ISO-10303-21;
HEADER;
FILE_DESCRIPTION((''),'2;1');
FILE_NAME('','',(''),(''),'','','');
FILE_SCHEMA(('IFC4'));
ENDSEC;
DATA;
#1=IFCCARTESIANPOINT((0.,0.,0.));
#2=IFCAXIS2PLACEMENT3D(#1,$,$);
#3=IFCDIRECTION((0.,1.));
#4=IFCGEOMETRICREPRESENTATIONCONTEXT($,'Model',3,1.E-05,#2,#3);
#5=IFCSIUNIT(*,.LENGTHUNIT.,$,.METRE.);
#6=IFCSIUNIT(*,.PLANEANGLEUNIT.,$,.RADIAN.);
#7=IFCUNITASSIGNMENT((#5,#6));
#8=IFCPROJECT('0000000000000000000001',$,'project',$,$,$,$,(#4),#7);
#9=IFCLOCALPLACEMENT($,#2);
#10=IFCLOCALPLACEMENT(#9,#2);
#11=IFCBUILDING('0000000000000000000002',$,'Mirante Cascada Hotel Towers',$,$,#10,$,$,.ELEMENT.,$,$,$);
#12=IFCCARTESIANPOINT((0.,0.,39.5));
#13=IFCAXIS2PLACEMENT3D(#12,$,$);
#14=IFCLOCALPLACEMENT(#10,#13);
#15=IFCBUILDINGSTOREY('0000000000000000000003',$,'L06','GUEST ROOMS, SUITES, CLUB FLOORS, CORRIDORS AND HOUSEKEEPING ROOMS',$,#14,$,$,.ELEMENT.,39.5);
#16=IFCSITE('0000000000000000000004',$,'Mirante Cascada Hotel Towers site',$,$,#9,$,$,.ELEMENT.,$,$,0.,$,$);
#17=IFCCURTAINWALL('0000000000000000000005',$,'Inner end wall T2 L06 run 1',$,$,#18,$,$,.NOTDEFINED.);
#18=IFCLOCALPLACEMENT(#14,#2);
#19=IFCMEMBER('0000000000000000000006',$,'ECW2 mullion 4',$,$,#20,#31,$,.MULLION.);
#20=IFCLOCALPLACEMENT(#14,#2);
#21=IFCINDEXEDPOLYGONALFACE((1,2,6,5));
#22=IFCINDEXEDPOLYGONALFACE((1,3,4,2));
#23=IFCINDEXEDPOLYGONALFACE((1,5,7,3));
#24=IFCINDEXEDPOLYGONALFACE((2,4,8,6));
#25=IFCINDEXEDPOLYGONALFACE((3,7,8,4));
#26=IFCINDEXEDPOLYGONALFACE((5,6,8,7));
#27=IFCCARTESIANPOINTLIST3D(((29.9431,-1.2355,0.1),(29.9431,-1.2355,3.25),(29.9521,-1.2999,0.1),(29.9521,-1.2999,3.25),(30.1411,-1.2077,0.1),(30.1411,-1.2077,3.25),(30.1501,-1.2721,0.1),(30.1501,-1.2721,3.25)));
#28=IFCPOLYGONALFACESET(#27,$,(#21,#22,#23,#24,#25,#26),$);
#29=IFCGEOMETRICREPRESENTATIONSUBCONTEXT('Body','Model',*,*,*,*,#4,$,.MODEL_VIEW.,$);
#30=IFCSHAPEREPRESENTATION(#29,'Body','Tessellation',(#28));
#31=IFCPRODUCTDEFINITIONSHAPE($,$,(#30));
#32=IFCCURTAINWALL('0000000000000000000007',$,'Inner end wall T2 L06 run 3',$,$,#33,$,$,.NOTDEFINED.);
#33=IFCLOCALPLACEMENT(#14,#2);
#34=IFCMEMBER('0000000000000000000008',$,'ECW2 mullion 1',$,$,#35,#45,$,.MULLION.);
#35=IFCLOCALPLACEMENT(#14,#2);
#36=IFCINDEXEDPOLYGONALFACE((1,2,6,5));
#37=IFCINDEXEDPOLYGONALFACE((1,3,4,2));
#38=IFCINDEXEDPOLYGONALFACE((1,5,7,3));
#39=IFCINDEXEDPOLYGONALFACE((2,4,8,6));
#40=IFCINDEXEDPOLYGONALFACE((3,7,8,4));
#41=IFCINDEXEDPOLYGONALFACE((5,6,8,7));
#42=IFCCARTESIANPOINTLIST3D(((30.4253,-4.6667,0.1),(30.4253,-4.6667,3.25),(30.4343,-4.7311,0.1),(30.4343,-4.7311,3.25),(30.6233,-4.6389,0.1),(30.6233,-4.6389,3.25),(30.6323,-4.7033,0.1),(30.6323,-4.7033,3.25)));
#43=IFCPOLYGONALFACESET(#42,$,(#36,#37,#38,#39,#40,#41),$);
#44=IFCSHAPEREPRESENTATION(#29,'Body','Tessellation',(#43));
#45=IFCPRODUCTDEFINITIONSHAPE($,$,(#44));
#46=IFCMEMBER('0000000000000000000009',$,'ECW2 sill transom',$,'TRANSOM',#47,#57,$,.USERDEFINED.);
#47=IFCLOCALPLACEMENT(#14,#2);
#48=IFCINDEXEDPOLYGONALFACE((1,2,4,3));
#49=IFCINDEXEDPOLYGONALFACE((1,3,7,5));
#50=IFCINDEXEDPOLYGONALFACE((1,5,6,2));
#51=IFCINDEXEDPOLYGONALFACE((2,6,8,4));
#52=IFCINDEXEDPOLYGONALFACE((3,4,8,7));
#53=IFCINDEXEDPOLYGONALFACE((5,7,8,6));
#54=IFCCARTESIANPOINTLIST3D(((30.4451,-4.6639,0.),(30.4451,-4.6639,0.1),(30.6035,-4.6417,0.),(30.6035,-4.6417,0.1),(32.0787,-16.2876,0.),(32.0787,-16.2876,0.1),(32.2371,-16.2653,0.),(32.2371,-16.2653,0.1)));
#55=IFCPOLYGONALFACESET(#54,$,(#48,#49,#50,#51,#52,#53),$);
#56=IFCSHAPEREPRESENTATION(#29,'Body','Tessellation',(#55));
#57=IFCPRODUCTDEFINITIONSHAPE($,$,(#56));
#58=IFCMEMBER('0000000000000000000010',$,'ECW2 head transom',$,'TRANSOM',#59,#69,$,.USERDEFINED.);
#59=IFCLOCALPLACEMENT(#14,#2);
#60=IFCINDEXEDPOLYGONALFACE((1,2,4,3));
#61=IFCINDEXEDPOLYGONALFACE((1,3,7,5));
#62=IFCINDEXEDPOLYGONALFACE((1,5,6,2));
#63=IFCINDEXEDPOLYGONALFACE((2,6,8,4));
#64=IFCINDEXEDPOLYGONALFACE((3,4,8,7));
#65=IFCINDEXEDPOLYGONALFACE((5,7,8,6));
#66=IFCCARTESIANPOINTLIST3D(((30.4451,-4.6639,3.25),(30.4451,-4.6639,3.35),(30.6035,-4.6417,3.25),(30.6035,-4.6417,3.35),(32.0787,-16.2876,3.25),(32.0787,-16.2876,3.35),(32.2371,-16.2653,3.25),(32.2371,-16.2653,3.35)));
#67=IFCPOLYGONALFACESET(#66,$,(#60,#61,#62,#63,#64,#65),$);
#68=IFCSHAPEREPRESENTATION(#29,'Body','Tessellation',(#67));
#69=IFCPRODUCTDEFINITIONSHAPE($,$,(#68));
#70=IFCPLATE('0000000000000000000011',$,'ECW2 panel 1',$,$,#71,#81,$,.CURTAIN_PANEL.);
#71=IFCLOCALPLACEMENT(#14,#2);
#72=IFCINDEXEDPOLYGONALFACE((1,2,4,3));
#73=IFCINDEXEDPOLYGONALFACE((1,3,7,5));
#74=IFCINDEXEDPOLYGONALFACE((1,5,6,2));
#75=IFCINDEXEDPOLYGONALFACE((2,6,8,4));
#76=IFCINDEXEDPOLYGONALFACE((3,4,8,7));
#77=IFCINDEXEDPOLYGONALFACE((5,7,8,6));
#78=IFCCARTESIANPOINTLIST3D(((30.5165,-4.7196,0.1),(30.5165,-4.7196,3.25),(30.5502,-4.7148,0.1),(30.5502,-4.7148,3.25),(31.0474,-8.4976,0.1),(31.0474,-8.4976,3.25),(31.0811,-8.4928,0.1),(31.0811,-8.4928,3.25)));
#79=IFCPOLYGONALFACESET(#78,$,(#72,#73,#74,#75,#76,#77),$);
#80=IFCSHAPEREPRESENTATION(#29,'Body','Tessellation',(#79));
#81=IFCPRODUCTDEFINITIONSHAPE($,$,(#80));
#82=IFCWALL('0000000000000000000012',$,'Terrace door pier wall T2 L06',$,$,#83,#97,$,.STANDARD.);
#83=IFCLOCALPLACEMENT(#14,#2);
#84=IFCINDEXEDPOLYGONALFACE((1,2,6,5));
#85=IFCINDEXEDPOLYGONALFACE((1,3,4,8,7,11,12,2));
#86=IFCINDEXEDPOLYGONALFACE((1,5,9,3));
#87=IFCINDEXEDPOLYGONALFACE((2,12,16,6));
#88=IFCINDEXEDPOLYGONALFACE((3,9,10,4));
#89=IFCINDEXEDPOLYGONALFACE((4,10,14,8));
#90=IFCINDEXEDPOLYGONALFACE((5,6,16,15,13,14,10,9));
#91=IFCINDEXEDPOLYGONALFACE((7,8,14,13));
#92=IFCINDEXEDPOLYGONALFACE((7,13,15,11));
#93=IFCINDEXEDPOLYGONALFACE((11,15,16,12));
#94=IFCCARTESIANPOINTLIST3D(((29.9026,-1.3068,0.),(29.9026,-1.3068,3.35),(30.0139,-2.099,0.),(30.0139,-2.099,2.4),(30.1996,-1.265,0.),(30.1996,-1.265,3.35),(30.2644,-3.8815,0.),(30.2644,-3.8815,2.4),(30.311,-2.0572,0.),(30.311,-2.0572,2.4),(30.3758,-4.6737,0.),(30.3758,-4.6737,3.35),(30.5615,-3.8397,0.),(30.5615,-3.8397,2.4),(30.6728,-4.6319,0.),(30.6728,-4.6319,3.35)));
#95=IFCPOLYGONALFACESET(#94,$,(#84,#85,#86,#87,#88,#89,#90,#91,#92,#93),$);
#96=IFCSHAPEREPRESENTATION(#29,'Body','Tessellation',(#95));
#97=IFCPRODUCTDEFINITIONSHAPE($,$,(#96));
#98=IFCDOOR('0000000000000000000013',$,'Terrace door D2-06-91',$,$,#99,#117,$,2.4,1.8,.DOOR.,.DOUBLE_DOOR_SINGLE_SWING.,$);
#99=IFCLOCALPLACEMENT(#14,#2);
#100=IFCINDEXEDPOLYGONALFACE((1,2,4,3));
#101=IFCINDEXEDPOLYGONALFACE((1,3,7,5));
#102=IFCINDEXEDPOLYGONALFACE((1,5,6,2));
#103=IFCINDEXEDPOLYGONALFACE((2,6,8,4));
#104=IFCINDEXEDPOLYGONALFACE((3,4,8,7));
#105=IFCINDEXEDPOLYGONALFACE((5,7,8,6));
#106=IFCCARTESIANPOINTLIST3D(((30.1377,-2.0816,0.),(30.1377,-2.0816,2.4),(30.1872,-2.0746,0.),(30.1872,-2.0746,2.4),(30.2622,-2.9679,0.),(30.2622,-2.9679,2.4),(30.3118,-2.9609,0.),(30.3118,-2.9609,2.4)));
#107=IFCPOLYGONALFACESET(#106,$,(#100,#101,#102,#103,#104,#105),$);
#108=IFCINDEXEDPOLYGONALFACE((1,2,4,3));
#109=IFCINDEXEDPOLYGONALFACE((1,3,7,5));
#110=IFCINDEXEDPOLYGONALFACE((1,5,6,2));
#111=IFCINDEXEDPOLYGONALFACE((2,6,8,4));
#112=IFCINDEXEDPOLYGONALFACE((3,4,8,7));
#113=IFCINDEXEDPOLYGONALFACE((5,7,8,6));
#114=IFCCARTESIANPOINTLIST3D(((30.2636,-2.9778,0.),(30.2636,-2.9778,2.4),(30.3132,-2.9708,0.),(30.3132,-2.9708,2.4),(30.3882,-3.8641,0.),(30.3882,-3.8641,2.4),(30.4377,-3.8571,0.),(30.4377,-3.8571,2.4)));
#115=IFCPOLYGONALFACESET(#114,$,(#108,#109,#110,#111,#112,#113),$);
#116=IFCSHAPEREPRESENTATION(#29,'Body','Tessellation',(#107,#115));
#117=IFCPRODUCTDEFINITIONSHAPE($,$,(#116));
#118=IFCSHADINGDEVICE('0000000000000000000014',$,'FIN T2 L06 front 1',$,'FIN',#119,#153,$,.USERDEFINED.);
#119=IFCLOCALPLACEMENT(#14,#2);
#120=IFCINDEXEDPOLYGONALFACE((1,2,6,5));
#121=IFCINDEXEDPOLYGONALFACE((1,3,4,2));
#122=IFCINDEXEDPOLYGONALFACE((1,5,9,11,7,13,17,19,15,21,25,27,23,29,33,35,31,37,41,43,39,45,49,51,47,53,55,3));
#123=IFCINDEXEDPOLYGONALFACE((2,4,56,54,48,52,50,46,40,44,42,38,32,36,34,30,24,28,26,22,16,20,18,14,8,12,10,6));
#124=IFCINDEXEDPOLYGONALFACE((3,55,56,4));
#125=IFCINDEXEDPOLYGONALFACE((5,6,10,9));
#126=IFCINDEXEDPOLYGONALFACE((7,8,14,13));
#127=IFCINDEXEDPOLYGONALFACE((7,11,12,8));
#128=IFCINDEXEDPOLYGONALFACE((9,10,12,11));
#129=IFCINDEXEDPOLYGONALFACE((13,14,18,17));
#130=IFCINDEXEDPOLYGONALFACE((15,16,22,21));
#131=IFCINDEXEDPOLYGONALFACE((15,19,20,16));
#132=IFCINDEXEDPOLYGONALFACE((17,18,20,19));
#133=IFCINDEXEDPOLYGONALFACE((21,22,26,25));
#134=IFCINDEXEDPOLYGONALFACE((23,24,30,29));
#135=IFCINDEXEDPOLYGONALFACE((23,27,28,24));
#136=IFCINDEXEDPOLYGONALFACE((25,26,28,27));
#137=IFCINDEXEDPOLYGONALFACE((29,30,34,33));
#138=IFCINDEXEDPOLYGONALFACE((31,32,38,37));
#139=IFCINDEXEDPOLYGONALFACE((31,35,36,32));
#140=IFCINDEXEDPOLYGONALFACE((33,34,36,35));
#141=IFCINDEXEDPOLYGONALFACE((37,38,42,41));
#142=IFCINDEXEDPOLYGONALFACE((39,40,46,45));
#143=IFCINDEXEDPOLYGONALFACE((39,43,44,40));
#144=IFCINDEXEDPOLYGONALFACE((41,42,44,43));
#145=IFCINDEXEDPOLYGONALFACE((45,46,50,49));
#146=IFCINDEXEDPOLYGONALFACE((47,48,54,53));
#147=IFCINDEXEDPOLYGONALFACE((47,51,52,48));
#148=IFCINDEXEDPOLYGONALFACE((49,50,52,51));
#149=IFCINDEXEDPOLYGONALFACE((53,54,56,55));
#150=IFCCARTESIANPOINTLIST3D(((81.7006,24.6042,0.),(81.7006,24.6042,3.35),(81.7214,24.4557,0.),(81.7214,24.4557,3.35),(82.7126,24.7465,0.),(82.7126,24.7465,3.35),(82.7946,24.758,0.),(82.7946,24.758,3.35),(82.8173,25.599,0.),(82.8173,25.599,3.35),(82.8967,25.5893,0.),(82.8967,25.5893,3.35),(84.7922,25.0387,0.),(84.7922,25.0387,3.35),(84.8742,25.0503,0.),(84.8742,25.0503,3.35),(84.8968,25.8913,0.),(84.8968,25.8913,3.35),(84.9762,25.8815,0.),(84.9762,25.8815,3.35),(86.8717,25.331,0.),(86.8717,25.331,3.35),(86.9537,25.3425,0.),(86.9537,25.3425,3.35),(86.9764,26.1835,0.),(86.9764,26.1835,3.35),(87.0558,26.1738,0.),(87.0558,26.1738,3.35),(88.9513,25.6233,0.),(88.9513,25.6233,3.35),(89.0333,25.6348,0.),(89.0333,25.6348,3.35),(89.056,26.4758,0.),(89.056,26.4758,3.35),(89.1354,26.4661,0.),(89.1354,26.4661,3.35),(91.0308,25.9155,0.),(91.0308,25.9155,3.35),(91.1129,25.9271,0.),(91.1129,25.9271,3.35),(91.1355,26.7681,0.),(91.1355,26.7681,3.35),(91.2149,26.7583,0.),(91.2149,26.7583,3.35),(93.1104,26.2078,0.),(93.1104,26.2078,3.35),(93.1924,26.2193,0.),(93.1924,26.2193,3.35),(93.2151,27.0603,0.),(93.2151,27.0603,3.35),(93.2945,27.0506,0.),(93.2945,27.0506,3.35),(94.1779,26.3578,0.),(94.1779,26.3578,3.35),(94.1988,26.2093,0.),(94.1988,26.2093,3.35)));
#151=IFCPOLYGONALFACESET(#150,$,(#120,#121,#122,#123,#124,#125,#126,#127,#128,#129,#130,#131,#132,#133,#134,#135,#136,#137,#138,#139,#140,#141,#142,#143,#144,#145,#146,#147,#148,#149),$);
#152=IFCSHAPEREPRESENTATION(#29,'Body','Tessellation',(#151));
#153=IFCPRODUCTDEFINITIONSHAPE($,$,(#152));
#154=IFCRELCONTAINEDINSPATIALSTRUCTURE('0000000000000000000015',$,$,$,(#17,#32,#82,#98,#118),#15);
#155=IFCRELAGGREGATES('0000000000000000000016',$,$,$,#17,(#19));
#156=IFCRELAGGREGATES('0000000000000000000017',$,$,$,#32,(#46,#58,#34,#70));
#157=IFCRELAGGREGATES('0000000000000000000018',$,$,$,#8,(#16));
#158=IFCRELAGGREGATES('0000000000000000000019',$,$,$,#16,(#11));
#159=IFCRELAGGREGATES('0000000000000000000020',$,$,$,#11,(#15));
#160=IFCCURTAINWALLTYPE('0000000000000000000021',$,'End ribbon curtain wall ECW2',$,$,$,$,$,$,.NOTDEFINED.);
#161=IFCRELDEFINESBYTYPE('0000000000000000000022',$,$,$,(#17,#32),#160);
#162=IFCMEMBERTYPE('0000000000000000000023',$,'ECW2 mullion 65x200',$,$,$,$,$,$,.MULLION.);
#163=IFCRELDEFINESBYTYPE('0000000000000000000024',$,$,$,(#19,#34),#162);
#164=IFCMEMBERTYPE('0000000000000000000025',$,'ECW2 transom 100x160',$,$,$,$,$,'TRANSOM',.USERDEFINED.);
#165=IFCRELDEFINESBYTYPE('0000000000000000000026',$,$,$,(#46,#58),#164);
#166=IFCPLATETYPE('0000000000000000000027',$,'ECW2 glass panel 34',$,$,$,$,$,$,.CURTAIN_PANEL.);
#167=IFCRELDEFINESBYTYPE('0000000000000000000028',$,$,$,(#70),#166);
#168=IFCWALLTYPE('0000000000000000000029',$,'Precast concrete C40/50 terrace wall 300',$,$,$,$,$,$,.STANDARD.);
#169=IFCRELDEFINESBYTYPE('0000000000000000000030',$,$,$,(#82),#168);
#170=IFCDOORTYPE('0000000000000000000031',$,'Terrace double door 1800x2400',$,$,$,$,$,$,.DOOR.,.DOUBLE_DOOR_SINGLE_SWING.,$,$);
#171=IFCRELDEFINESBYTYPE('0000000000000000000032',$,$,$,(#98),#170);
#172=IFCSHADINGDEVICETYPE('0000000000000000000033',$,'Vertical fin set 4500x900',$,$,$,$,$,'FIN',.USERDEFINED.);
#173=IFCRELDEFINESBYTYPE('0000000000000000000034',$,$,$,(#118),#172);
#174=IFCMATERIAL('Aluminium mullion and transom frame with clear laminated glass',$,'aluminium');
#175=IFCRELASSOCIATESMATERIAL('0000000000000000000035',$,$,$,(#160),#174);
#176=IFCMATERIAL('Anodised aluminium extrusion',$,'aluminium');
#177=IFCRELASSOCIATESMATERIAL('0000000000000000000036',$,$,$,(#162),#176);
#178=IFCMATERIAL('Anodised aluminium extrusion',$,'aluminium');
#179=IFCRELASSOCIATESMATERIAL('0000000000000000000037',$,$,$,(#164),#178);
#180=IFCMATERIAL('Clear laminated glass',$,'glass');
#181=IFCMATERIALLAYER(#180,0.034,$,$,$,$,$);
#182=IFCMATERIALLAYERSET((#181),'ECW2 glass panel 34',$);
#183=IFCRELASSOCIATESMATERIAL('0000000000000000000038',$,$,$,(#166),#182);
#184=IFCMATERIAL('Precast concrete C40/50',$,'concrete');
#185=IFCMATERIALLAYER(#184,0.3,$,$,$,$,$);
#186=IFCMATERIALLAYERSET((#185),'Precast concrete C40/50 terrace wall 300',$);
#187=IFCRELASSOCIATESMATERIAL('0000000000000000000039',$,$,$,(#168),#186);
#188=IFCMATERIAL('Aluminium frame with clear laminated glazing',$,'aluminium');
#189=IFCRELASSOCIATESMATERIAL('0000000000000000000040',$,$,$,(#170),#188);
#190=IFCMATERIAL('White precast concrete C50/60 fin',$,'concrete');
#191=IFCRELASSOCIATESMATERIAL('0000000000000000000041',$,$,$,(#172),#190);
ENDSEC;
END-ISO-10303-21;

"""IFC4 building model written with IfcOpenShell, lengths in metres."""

from ifc_helpers import new_model, si_unit, direction, frame, frame_2d, origin, origin_2d, place, context, subcontext, project, spatial, polyline, rectangle, outline, extrude, material, layer, layer_set, material_profile, profile_set, type_object, element, fill, aggregate, save


model = new_model("IFC4")

# Units and contexts
model_context = context("Model", 3, precision=1e-05, world=origin(), true_north=direction((0.0, 1.0)))
body_context = subcontext(model_context, "Body", "Model", "MODEL_VIEW")
ifc_project = project(units=[si_unit("LENGTHUNIT", "METRE"), si_unit("PLANEANGLEUNIT", "RADIAN")], contexts=[model_context])

# Site, building, storey
site_placement = place(None, origin())
site = spatial("IfcSite", under=ifc_project, at=site_placement, Name="Mirante Cascada Hotel Towers site", CompositionType="ELEMENT", RefElevation=0.0)
building_placement = place(site_placement, origin())
building = spatial("IfcBuilding", under=site, at=building_placement, Name="Mirante Cascada Hotel Towers", CompositionType="ELEMENT")
storey_placement = place(building_placement, frame((0.0, 0.0, 39.5)))
storey = spatial("IfcBuildingStorey", under=building, at=storey_placement, Name="L06", Description="GUEST ROOMS, SUITES, CLUB FLOORS, CORRIDORS AND HOUSEKEEPING ROOMS", CompositionType="ELEMENT", Elevation=39.5)

# Curtain wall, member
ifc_material_1 = material(Name="Aluminium mullion and transom frame with clear laminated glass", Category="aluminium")
curtain_wall_type = type_object("IfcCurtainWallType", Name="End ribbon curtain wall ECW2", PredefinedType="NOTDEFINED", material=ifc_material_1)
curtain_wall_1_placement = place(storey_placement, origin())
curtain_wall_1 = element("IfcCurtainWall", 1, at=curtain_wall_1_placement, inside=storey, type_object=curtain_wall_type, Name="Inner end wall T2 L06 run 1", PredefinedType="NOTDEFINED")
ifc_material_2 = material(Name="Anodised aluminium extrusion", Category="aluminium")
ifc_material_profile_1 = material_profile(ifc_material_2, rectangle(XDim=0.2, YDim=0.065, at=origin_2d()), Name="ECW2 MULLION 65x200")
ifc_profile_set_1 = profile_set([ifc_material_profile_1], Name="Anodised aluminium extrusion")
member_type_1 = type_object("IfcMemberType", Name="ECW2 mullion 65x200", PredefinedType="MULLION", material=ifc_profile_set_1)
member_1_placement = place(storey_placement, frame((30.0466, -1.2538, 0.1), z_axis=(0.0, 0.0, 1.0), x_axis=(0.990268, 0.139173, 0.0)))
member_1 = element("IfcMember", 2, at=member_1_placement, type_object=member_type_1, Name="ECW2 mullion 4", PredefinedType="MULLION", context=body_context, shape_type="SweptSolid", body=[
    extrude(rectangle(XDim=0.2, YDim=0.065, at=origin_2d()), origin(), (0.0, 0.0, 1.0), 3.15),
])
aggregate(curtain_wall_1, [member_1])

# Curtain wall, members, plate
curtain_wall_2_placement = place(storey_placement, origin())
curtain_wall_2 = element("IfcCurtainWall", 3, at=curtain_wall_2_placement, inside=storey, type_object=curtain_wall_type, Name="Inner end wall T2 L06 run 3", PredefinedType="NOTDEFINED")
member_2_placement = place(storey_placement, frame((30.5288, -4.685, 0.1), z_axis=(0.0, 0.0, 1.0), x_axis=(0.990268, 0.139173, 0.0)))
member_2 = element("IfcMember", 4, at=member_2_placement, type_object=member_type_1, Name="ECW2 mullion 1", PredefinedType="MULLION", context=body_context, shape_type="SweptSolid", body=[
    extrude(rectangle(XDim=0.2, YDim=0.065, at=origin_2d()), origin(), (0.0, 0.0, 1.0), 3.15),
])
ifc_material_3 = material(Name="Anodised aluminium extrusion", Category="aluminium")
ifc_material_profile_2 = material_profile(ifc_material_3, rectangle(XDim=0.16, YDim=0.1, at=origin_2d()), Name="ECW2 TRANSOM 100x160")
ifc_profile_set_2 = profile_set([ifc_material_profile_2], Name="Anodised aluminium extrusion")
member_type_2 = type_object("IfcMemberType", Name="ECW2 transom 100x160", ElementType="TRANSOM", PredefinedType="USERDEFINED", material=ifc_profile_set_2)
member_3_placement = place(storey_placement, frame((30.5243, -4.6528, 0.05), z_axis=(0.139173, -0.990268, 0.0), x_axis=(0.990268, 0.139173, 0.0)))
member_3 = element("IfcMember", 5, at=member_3_placement, type_object=member_type_2, Name="ECW2 sill transom", ObjectType="TRANSOM", PredefinedType="USERDEFINED", context=body_context, shape_type="SweptSolid", body=[
    extrude(rectangle(XDim=0.16, YDim=0.1, at=origin_2d()), origin(), (0.0, 0.0, 1.0), 11.7379),
])
member_4_placement = place(storey_placement, frame((30.5243, -4.6528, 3.3), z_axis=(0.139173, -0.990268, 0.0), x_axis=(0.990268, 0.139173, 0.0)))
member_4 = element("IfcMember", 6, at=member_4_placement, type_object=member_type_2, Name="ECW2 head transom", ObjectType="TRANSOM", PredefinedType="USERDEFINED", context=body_context, shape_type="SweptSolid", body=[
    extrude(rectangle(XDim=0.16, YDim=0.1, at=origin_2d()), origin(), (0.0, 0.0, 1.0), 11.7379),
])
ifc_material_4 = material(Name="Clear laminated glass", Category="glass")
ifc_layer_1 = layer(ifc_material_4, 0.034)
ifc_layer_set_1 = layer_set([ifc_layer_1], Name="ECW2 glass panel 34")
plate_type = type_object("IfcPlateType", Name="ECW2 glass panel 34", PredefinedType="CURTAIN_PANEL", material=ifc_layer_set_1)
plate_placement = place(storey_placement, frame((30.7988, -6.6062, 0.1), z_axis=(0.0, 0.0, 1.0), x_axis=(0.139173, -0.990268, 0.0)))
plate = element("IfcPlate", 7, at=plate_placement, type_object=plate_type, Name="ECW2 panel 1", PredefinedType="CURTAIN_PANEL", context=body_context, shape_type="SweptSolid", body=[
    extrude(rectangle(XDim=3.8151, YDim=0.034, at=origin_2d()), origin(), (0.0, 0.0, 1.0), 3.15),
])
aggregate(curtain_wall_2, [member_3, member_4, member_2, plate])

# Wall, opening, door
ifc_material_5 = material(Name="Precast concrete C40/50", Category="concrete")
ifc_layer_2 = layer(ifc_material_5, 0.3)
ifc_layer_set_2 = layer_set([ifc_layer_2], Name="Precast concrete C40/50 terrace wall 300")
wall_type = type_object("IfcWallType", Name="Precast concrete C40/50 terrace wall 300", PredefinedType="STANDARD", material=ifc_layer_set_2)
wall_placement = place(storey_placement, frame((30.0511, -1.2859, 0.0), z_axis=(0.0, 0.0, 1.0), x_axis=(0.139177, -0.990267, 0.0)))
wall = element("IfcWall", 8, at=wall_placement, inside=storey, type_object=wall_type, Name="Terrace door pier wall T2 L06", PredefinedType="STANDARD", context=body_context, shape_type="SweptSolid", body=[
    extrude(rectangle(XDim=3.4, YDim=0.3, at=frame_2d((1.7, 0.0))), origin(), (0.0, 0.0, 1.0), 3.35),
])
opening_placement = place(wall_placement, frame((0.8, 0.0, 0.0)))
opening = element("IfcOpeningElement", 9, at=opening_placement, cuts=wall, PredefinedType="OPENING", context=body_context, shape_type="SweptSolid", body=[
    extrude(rectangle(XDim=1.8, YDim=2.4, at=frame_2d((0.9, 1.2))), frame((0.0, 0.15, 0.0), z_axis=(0.0, -1.0, 0.0), x_axis=(1.0, 0.0, 0.0)), (0.0, 0.0, 1.0), 0.3),
])
ifc_material_6 = material(Name="Aluminium frame with clear laminated glazing", Category="aluminium")
door_type = type_object("IfcDoorType", Name="Terrace double door 1800x2400", OperationType="DOUBLE_DOOR_SINGLE_SWING", PredefinedType="DOOR", material=ifc_material_6)
door_placement = place(opening_placement, origin())
door = element("IfcDoor", 10, at=door_placement, inside=storey, type_object=door_type, Name="Terrace door D2-06-91", OperationType="DOUBLE_DOOR_SINGLE_SWING", OverallHeight=2.4, OverallWidth=1.8, PredefinedType="DOOR", context=body_context, shape_type="SweptSolid", body=[
    extrude(rectangle(XDim=0.895, YDim=2.4, at=frame_2d((0.4475, 1.2))), frame((0.0, 0.025, 0.0), z_axis=(0.0, -1.0, 0.0), x_axis=(1.0, 0.0, 0.0)), (0.0, 0.0, 1.0), 0.05),
    extrude(rectangle(XDim=0.895, YDim=2.4, at=frame_2d((1.3525, 1.2))), frame((0.0, 0.025, 0.0), z_axis=(0.0, -1.0, 0.0), x_axis=(1.0, 0.0, 0.0)), (0.0, 0.0, 1.0), 0.05),
])
fill(opening, door)

# Shading device
ifc_material_7 = material(Name="White precast concrete C50/60 fin", Category="concrete")
shading_device_type = type_object("IfcShadingDeviceType", Name="Vertical fin set 4500x900", ElementType="FIN", PredefinedType="USERDEFINED", material=ifc_material_7)
shading_device_1_placement = place(storey_placement, origin())
element("IfcShadingDevice", 11, at=shading_device_1_placement, inside=storey, type_object=shading_device_type, Name="FIN T2 L06 front 1", ObjectType="FIN", PredefinedType="USERDEFINED", context=body_context, shape_type="SweptSolid", body=[
    extrude(outline(polyline([(82.8967, 25.5893), (82.7946, 24.758), (84.7922, 25.0387), (84.8968, 25.8913), (84.9762, 25.8815), (84.8742, 25.0503), (86.8717, 25.331), (86.9764, 26.1835), (87.0558, 26.1738), (86.9537, 25.3425), (88.9513, 25.6233), (89.056, 26.4758), (89.1354, 26.4661), (89.0333, 25.6348), (91.0308, 25.9155), (91.1355, 26.7681), (91.2149, 26.7583), (91.1129, 25.9271), (93.1104, 26.2078), (93.2151, 27.0603), (93.2945, 27.0506), (93.1924, 26.2193), (94.1779, 26.3578), (94.1988, 26.2093), (81.7214, 24.4557), (81.7006, 24.6042), (82.7126, 24.7465), (82.8173, 25.599), (82.8967, 25.5893)])), origin(), (0.0, 0.0, 1.0), 3.35),
])

save(model, "model.ifc")
